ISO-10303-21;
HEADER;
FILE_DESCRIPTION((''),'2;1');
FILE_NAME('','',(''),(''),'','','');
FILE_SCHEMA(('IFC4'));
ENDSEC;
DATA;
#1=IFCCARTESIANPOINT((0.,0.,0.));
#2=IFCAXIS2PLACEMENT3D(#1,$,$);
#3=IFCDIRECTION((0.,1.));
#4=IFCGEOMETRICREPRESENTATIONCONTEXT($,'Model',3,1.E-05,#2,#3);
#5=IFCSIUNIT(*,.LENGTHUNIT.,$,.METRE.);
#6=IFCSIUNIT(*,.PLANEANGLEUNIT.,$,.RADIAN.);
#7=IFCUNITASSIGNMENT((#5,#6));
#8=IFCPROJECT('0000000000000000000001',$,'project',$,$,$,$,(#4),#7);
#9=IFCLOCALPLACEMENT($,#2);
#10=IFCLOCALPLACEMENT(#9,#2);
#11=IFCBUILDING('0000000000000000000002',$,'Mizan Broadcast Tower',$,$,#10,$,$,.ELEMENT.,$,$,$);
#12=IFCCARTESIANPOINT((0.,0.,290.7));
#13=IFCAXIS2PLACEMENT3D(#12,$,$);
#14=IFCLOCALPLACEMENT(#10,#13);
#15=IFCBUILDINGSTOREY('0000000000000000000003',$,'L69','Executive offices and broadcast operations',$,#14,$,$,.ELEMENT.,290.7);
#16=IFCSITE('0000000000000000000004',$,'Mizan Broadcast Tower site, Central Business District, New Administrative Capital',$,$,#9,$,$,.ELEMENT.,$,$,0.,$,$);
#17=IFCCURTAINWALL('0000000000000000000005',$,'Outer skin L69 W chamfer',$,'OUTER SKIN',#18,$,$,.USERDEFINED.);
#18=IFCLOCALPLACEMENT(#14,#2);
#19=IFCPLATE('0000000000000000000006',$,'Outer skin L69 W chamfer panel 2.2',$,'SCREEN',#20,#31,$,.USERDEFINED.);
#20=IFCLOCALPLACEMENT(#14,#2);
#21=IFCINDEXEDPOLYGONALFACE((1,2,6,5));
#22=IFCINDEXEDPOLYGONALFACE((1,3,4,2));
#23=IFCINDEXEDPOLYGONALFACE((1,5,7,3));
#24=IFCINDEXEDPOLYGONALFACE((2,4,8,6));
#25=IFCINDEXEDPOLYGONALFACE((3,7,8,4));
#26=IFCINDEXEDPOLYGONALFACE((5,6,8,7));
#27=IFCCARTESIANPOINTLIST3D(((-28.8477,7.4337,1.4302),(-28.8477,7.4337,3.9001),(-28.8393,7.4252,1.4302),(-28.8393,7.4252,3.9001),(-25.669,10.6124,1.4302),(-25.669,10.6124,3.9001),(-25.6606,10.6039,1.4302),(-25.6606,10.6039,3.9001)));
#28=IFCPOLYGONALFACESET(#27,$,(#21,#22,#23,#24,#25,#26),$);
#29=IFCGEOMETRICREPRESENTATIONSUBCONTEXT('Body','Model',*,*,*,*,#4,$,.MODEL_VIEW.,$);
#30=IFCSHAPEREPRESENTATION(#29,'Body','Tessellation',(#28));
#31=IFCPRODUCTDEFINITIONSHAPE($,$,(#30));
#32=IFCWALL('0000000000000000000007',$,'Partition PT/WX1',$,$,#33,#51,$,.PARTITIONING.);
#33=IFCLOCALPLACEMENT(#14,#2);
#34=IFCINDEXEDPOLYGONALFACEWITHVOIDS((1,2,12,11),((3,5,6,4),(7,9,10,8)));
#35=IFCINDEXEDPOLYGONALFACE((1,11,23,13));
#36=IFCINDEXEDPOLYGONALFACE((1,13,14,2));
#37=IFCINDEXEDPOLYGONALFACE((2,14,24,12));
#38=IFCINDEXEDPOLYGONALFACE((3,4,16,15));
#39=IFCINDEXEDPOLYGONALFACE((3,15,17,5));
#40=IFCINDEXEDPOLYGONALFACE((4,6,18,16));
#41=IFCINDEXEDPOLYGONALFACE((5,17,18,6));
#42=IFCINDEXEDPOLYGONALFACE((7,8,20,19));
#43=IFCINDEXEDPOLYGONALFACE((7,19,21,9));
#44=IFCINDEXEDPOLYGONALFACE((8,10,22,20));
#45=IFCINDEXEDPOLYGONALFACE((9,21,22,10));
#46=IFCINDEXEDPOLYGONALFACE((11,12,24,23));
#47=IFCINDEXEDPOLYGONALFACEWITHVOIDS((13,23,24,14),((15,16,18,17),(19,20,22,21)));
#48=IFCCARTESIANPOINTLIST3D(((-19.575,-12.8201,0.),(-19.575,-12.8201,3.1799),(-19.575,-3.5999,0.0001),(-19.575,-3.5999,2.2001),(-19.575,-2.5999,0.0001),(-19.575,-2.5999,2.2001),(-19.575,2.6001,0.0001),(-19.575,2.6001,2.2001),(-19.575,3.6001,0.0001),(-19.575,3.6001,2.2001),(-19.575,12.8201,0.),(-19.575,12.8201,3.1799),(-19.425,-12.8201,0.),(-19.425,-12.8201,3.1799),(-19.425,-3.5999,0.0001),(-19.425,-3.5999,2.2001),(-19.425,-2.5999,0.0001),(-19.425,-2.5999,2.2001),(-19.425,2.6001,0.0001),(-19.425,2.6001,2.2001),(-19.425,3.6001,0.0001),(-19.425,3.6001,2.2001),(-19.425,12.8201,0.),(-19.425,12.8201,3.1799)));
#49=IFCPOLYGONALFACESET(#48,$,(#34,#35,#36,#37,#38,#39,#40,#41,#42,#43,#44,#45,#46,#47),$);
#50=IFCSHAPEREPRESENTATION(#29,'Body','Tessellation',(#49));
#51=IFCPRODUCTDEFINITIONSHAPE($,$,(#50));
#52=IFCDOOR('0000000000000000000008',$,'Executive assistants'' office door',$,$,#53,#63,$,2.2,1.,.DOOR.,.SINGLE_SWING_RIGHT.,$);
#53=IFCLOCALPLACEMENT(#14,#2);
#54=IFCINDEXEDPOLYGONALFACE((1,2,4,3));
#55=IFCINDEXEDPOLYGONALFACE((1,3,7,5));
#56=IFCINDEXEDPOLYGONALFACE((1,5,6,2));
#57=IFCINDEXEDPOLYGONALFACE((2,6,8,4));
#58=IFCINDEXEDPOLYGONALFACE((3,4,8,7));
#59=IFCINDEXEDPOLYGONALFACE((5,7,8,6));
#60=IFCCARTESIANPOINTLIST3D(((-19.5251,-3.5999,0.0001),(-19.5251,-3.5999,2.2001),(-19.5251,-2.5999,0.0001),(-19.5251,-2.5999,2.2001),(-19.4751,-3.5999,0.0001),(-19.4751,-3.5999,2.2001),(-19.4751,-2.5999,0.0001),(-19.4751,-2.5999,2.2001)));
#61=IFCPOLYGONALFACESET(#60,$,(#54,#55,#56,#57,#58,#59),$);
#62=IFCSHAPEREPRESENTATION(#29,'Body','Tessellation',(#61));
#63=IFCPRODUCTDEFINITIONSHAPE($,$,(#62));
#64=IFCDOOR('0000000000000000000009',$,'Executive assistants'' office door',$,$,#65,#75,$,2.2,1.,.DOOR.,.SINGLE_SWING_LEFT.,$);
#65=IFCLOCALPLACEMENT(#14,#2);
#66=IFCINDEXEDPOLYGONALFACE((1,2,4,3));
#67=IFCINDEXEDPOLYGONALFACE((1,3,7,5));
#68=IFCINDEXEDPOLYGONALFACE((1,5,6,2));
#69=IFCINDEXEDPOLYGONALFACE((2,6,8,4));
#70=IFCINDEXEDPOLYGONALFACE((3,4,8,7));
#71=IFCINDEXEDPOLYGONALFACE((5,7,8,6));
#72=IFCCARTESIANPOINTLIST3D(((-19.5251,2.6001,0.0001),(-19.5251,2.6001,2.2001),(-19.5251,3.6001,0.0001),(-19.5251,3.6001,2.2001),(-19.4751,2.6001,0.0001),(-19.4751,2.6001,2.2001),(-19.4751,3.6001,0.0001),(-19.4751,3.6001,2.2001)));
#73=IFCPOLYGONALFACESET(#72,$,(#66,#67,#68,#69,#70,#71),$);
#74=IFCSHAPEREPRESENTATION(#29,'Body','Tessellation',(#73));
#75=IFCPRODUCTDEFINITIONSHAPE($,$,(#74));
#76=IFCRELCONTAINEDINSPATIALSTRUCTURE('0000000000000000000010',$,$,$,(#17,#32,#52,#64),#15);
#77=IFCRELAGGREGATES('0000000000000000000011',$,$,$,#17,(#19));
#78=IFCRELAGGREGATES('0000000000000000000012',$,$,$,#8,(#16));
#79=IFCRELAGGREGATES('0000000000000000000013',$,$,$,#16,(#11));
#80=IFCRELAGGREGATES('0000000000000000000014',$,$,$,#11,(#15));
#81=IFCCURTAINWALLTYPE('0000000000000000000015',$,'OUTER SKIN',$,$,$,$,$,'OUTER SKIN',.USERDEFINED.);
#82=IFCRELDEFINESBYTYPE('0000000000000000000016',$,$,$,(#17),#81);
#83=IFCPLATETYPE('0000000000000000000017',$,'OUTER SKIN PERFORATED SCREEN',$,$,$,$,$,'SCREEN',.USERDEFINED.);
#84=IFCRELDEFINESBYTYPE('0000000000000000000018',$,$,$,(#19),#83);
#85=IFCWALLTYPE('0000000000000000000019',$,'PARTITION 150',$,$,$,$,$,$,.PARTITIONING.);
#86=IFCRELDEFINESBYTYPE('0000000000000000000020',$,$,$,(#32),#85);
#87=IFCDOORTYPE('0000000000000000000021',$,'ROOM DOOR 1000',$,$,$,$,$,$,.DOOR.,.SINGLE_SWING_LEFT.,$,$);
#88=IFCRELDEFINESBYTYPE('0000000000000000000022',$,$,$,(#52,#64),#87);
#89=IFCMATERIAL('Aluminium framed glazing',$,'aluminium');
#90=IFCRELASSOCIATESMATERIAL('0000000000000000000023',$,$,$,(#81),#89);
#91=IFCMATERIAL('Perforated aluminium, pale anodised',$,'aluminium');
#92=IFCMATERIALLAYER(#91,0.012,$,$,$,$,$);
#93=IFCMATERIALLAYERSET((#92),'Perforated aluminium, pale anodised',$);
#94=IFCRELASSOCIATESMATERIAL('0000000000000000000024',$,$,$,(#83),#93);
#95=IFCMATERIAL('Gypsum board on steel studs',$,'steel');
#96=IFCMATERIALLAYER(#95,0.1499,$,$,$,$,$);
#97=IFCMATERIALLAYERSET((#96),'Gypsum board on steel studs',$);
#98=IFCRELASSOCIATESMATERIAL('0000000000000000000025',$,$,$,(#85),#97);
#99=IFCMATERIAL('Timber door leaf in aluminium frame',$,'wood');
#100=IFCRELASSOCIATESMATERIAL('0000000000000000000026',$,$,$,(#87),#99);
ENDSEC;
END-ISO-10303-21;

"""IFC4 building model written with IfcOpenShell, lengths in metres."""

from ifc_helpers import new_model, si_unit, direction, frame, frame_2d, origin, origin_2d, place, context, subcontext, project, spatial, rectangle, extrude, material, layer, layer_set, type_object, element, fill, aggregate, save


model = new_model("IFC4")

# Units and contexts
model_context = context("Model", 3, precision=1e-05, world=origin(), true_north=direction((0.0, 1.0)))
body_context = subcontext(model_context, "Body", "Model", "MODEL_VIEW")
ifc_project = project(units=[si_unit("LENGTHUNIT", "METRE"), si_unit("PLANEANGLEUNIT", "RADIAN")], contexts=[model_context])

# Site, building, storey
site_placement = place(None, origin())
site = spatial("IfcSite", under=ifc_project, at=site_placement, Name="Mizan Broadcast Tower site, Central Business District, New Administrative Capital", CompositionType="ELEMENT", RefElevation=0.0)
building_placement = place(site_placement, origin())
building = spatial("IfcBuilding", under=site, at=building_placement, Name="Mizan Broadcast Tower", CompositionType="ELEMENT")
storey_placement = place(building_placement, frame((0.0, 0.0, 290.7)))
storey = spatial("IfcBuildingStorey", under=building, at=storey_placement, Name="L69", Description="Executive offices and broadcast operations", CompositionType="ELEMENT", Elevation=290.7)

# Shared definitions
ifc_material_1 = material(Name="Aluminium framed glazing", Category="aluminium")
curtain_wall_type_1 = type_object("IfcCurtainWallType", Name="OUTER SKIN", ElementType="OUTER SKIN", PredefinedType="USERDEFINED", material=ifc_material_1)

# Curtain wall
curtain_wall_1_placement = place(storey_placement, origin())
curtain_wall_1 = element("IfcCurtainWall", 1, at=curtain_wall_1_placement, inside=storey, type_object=curtain_wall_type_1, Name="Outer skin L69 W chamfer", ObjectType="OUTER SKIN", PredefinedType="USERDEFINED")

# Plate
ifc_material_2 = material(Name="Perforated aluminium, pale anodised", Category="aluminium")
ifc_layer_1 = layer(ifc_material_2, 0.012)
ifc_layer_set_1 = layer_set([ifc_layer_1], Name="Perforated aluminium, pale anodised")
plate_type_1 = type_object("IfcPlateType", Name="OUTER SKIN PERFORATED SCREEN", ElementType="SCREEN", PredefinedType="USERDEFINED", material=ifc_layer_set_1)
plate_1_placement = place(storey_placement, frame((-27.2542, 9.0188, 1.4302), z_axis=(0.0, 0.0, 1.0), x_axis=(-0.707107, -0.707107, 0.0)))
plate_1 = element("IfcPlate", 2, at=plate_1_placement, type_object=plate_type_1, Name="Outer skin L69 W chamfer panel 2.2", ObjectType="SCREEN", PredefinedType="USERDEFINED", context=body_context, shape_type="SweptSolid", body=[
    extrude(rectangle(XDim=4.4954, YDim=0.012, at=origin_2d()), origin(), (0.0, 0.0, 1.0), 2.47),
])
aggregate(curtain_wall_1, [plate_1])

# Wall, openings, doors
ifc_material_3 = material(Name="Gypsum board on steel studs", Category="steel")
ifc_layer_2 = layer(ifc_material_3, 0.1499)
ifc_layer_set_2 = layer_set([ifc_layer_2], Name="Gypsum board on steel studs")
wall_type = type_object("IfcWallType", Name="PARTITION 150", PredefinedType="PARTITIONING", material=ifc_layer_set_2)
wall_placement = place(storey_placement, frame((-19.5, 12.8201, 0.0), z_axis=(0.0, 0.0, 1.0), x_axis=(0.0, -1.0, 0.0)))
wall = element("IfcWall", 3, at=wall_placement, inside=storey, type_object=wall_type, Name="Partition PT/WX1", PredefinedType="PARTITIONING", context=body_context, shape_type="SweptSolid", body=[
    extrude(rectangle(XDim=25.6401, YDim=0.1499, at=frame_2d((12.8201, 0.0))), origin(), (0.0, 0.0, 1.0), 3.1799),
])
opening_1_placement = place(wall_placement, frame((15.4199, 0.0, 0.0)))
opening_1 = element("IfcOpeningElement", 4, at=opening_1_placement, cuts=wall, PredefinedType="OPENING", context=body_context, shape_type="SweptSolid", body=[
    extrude(rectangle(XDim=1.0, YDim=2.2, at=frame_2d((0.5, 1.1001))), frame((0.0, 0.085, 0.0), z_axis=(0.0, -1.0, 0.0), x_axis=(1.0, 0.0, 0.0)), (0.0, 0.0, 1.0), 0.1699),
])
opening_2_placement = place(wall_placement, frame((9.22, 0.0, 0.0)))
opening_2 = element("IfcOpeningElement", 5, at=opening_2_placement, cuts=wall, PredefinedType="OPENING", context=body_context, shape_type="SweptSolid", body=[
    extrude(rectangle(XDim=1.0, YDim=2.2, at=frame_2d((0.5, 1.1001))), frame((0.0, 0.085, 0.0), z_axis=(0.0, -1.0, 0.0), x_axis=(1.0, 0.0, 0.0)), (0.0, 0.0, 1.0), 0.1699),
])
ifc_material_4 = material(Name="Timber door leaf in aluminium frame", Category="wood")
door_type = type_object("IfcDoorType", Name="ROOM DOOR 1000", OperationType="SINGLE_SWING_LEFT", PredefinedType="DOOR", material=ifc_material_4)
door_1_placement = place(opening_1_placement, origin())
door_1 = element("IfcDoor", 6, at=door_1_placement, inside=storey, type_object=door_type, Name="Executive assistants' office door", OperationType="SINGLE_SWING_RIGHT", OverallHeight=2.2, OverallWidth=1.0, PredefinedType="DOOR", context=body_context, shape_type="SweptSolid", body=[
    extrude(rectangle(XDim=1.0, YDim=2.2, at=frame_2d((0.5, 1.1001))), frame((0.0, 0.0249, 0.0), z_axis=(0.0, -1.0, 0.0), x_axis=(1.0, 0.0, 0.0)), (0.0, 0.0, 1.0), 0.05),
])
fill(opening_1, door_1)
door_2_placement = place(opening_2_placement, origin())
door_2 = element("IfcDoor", 7, at=door_2_placement, inside=storey, type_object=door_type, Name="Executive assistants' office door", OperationType="SINGLE_SWING_LEFT", OverallHeight=2.2, OverallWidth=1.0, PredefinedType="DOOR", context=body_context, shape_type="SweptSolid", body=[
    extrude(rectangle(XDim=1.0, YDim=2.2, at=frame_2d((0.5, 1.1001))), frame((0.0, 0.0249, 0.0), z_axis=(0.0, -1.0, 0.0), x_axis=(1.0, 0.0, 0.0)), (0.0, 0.0, 1.0), 0.05),
])
fill(opening_2, door_2)

save(model, "model.ifc")
